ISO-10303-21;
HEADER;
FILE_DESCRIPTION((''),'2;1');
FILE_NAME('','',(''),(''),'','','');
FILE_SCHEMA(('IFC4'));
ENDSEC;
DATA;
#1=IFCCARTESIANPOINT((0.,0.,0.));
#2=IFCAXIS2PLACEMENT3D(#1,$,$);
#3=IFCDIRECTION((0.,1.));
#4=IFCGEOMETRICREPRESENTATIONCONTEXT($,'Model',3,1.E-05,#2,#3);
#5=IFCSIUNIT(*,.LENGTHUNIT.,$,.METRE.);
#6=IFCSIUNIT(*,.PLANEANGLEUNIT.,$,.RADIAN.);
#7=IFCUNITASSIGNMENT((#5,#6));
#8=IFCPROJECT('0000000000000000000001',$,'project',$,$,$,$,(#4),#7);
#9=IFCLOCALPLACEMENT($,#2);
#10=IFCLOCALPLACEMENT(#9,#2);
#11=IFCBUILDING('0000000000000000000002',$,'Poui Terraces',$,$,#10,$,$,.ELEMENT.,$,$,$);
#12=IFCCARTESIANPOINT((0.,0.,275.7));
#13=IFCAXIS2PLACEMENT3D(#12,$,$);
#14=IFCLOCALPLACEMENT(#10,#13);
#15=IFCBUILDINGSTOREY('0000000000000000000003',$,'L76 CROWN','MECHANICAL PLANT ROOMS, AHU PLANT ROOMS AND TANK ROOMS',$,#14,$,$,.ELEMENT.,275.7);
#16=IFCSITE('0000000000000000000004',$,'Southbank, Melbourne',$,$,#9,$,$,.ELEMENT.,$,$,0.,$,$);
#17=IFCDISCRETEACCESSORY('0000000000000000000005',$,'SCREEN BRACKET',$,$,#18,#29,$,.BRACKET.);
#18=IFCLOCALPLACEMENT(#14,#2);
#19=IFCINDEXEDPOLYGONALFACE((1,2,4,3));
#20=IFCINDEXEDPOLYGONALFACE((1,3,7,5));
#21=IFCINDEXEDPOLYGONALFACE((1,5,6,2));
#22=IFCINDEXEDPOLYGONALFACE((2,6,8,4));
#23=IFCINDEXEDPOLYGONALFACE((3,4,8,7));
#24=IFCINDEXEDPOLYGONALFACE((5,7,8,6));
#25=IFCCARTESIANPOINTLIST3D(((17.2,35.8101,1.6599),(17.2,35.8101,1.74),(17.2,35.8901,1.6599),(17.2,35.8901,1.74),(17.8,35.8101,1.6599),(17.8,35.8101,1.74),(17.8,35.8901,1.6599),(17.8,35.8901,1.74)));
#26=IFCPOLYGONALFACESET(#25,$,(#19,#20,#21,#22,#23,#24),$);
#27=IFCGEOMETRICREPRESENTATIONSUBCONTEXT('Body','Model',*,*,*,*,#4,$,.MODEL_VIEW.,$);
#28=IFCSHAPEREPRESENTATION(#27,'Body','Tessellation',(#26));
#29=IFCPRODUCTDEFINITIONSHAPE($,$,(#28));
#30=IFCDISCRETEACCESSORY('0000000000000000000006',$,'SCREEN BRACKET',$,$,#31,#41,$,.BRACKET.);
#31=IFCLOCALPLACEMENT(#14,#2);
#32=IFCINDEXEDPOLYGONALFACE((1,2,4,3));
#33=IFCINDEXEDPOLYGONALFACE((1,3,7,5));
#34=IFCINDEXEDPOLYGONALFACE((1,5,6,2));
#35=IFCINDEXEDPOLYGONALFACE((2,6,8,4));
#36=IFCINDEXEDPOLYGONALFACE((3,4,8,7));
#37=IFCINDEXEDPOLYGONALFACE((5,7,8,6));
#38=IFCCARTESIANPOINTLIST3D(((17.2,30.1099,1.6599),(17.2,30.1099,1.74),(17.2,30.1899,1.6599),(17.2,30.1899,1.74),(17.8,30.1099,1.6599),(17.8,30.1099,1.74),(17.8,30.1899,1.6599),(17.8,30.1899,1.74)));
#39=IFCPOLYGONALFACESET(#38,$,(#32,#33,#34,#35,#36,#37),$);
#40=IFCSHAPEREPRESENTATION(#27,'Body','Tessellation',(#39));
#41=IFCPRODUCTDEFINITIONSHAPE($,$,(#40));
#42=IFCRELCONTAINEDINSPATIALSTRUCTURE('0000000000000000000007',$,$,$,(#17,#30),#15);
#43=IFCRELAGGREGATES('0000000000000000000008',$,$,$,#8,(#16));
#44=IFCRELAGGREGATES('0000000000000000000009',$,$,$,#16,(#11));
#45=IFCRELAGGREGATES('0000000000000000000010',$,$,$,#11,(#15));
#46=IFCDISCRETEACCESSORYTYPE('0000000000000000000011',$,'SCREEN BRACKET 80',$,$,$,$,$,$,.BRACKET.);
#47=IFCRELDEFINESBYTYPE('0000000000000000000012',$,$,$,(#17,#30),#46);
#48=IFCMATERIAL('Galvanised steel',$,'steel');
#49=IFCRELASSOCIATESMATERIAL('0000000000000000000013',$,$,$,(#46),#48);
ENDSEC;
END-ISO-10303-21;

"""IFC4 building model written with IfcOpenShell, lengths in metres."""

from ifc_helpers import new_model, si_unit, direction, frame, origin, origin_2d, place, context, subcontext, project, spatial, rectangle, extrude, source, transform, mapped, material, material_profile, profile_set, type_object, element, save


model = new_model("IFC4")

# Units and contexts
model_context = context("Model", 3, precision=1e-05, world=origin(), true_north=direction((0.0, 1.0)))
body_context = subcontext(model_context, "Body", "Model", "MODEL_VIEW")
ifc_project = project(units=[si_unit("LENGTHUNIT", "METRE"), si_unit("PLANEANGLEUNIT", "RADIAN")], contexts=[model_context])

# Site, building, storey
site_placement = place(None, origin())
site = spatial("IfcSite", under=ifc_project, at=site_placement, Name="Southbank, Melbourne", CompositionType="ELEMENT", RefElevation=0.0)
building_placement = place(site_placement, origin())
building = spatial("IfcBuilding", under=site, at=building_placement, Name="Poui Terraces", CompositionType="ELEMENT")
storey_placement = place(building_placement, frame((0.0, 0.0, 275.7)))
storey = spatial("IfcBuildingStorey", under=building, at=storey_placement, Name="L76 CROWN", Description="MECHANICAL PLANT ROOMS, AHU PLANT ROOMS AND TANK ROOMS", CompositionType="ELEMENT", Elevation=275.7)

# Discrete accessories
ifc_material_1 = material(Name="Galvanised steel", Category="steel")
ifc_material_profile_1 = material_profile(ifc_material_1, rectangle(XDim=0.0801, YDim=0.0801, at=origin_2d()), Name="SCREEN BRACKET 80")
ifc_profile_set_1 = profile_set([ifc_material_profile_1], Name="Galvanised steel")
discrete_accessory_type = type_object("IfcDiscreteAccessoryType", Name="SCREEN BRACKET 80", PredefinedType="BRACKET", material=ifc_profile_set_1)
shared_shape_1 = source(origin(), body_context, "Body", "SweptSolid", [
    extrude(rectangle(XDim=0.0801, YDim=0.0801, at=origin_2d()), origin(), (0.0, 0.0, 1.0), 0.6001),
])
for number, where, z_axis, x_axis, name in (
    (1, (17.8, 35.8501, 1.7), (-1.0, 0.0, 0.0), (0.0, -1.0, 0.0), "SCREEN BRACKET"),
    (2, (17.8, 30.1499, 1.7), (-1.0, 0.0, 0.0), (0.0, -1.0, 0.0), "SCREEN BRACKET"),
):
    element("IfcDiscreteAccessory", number, at=place(storey_placement, frame(where, z_axis=z_axis, x_axis=x_axis)), inside=storey, type_object=discrete_accessory_type, Name=name, PredefinedType="BRACKET", context=body_context, shape_type="MappedRepresentation", body=[
        mapped(shared_shape_1, transform((0.0, 0.0, 0.0))),
    ])

save(model, "model.ifc")
